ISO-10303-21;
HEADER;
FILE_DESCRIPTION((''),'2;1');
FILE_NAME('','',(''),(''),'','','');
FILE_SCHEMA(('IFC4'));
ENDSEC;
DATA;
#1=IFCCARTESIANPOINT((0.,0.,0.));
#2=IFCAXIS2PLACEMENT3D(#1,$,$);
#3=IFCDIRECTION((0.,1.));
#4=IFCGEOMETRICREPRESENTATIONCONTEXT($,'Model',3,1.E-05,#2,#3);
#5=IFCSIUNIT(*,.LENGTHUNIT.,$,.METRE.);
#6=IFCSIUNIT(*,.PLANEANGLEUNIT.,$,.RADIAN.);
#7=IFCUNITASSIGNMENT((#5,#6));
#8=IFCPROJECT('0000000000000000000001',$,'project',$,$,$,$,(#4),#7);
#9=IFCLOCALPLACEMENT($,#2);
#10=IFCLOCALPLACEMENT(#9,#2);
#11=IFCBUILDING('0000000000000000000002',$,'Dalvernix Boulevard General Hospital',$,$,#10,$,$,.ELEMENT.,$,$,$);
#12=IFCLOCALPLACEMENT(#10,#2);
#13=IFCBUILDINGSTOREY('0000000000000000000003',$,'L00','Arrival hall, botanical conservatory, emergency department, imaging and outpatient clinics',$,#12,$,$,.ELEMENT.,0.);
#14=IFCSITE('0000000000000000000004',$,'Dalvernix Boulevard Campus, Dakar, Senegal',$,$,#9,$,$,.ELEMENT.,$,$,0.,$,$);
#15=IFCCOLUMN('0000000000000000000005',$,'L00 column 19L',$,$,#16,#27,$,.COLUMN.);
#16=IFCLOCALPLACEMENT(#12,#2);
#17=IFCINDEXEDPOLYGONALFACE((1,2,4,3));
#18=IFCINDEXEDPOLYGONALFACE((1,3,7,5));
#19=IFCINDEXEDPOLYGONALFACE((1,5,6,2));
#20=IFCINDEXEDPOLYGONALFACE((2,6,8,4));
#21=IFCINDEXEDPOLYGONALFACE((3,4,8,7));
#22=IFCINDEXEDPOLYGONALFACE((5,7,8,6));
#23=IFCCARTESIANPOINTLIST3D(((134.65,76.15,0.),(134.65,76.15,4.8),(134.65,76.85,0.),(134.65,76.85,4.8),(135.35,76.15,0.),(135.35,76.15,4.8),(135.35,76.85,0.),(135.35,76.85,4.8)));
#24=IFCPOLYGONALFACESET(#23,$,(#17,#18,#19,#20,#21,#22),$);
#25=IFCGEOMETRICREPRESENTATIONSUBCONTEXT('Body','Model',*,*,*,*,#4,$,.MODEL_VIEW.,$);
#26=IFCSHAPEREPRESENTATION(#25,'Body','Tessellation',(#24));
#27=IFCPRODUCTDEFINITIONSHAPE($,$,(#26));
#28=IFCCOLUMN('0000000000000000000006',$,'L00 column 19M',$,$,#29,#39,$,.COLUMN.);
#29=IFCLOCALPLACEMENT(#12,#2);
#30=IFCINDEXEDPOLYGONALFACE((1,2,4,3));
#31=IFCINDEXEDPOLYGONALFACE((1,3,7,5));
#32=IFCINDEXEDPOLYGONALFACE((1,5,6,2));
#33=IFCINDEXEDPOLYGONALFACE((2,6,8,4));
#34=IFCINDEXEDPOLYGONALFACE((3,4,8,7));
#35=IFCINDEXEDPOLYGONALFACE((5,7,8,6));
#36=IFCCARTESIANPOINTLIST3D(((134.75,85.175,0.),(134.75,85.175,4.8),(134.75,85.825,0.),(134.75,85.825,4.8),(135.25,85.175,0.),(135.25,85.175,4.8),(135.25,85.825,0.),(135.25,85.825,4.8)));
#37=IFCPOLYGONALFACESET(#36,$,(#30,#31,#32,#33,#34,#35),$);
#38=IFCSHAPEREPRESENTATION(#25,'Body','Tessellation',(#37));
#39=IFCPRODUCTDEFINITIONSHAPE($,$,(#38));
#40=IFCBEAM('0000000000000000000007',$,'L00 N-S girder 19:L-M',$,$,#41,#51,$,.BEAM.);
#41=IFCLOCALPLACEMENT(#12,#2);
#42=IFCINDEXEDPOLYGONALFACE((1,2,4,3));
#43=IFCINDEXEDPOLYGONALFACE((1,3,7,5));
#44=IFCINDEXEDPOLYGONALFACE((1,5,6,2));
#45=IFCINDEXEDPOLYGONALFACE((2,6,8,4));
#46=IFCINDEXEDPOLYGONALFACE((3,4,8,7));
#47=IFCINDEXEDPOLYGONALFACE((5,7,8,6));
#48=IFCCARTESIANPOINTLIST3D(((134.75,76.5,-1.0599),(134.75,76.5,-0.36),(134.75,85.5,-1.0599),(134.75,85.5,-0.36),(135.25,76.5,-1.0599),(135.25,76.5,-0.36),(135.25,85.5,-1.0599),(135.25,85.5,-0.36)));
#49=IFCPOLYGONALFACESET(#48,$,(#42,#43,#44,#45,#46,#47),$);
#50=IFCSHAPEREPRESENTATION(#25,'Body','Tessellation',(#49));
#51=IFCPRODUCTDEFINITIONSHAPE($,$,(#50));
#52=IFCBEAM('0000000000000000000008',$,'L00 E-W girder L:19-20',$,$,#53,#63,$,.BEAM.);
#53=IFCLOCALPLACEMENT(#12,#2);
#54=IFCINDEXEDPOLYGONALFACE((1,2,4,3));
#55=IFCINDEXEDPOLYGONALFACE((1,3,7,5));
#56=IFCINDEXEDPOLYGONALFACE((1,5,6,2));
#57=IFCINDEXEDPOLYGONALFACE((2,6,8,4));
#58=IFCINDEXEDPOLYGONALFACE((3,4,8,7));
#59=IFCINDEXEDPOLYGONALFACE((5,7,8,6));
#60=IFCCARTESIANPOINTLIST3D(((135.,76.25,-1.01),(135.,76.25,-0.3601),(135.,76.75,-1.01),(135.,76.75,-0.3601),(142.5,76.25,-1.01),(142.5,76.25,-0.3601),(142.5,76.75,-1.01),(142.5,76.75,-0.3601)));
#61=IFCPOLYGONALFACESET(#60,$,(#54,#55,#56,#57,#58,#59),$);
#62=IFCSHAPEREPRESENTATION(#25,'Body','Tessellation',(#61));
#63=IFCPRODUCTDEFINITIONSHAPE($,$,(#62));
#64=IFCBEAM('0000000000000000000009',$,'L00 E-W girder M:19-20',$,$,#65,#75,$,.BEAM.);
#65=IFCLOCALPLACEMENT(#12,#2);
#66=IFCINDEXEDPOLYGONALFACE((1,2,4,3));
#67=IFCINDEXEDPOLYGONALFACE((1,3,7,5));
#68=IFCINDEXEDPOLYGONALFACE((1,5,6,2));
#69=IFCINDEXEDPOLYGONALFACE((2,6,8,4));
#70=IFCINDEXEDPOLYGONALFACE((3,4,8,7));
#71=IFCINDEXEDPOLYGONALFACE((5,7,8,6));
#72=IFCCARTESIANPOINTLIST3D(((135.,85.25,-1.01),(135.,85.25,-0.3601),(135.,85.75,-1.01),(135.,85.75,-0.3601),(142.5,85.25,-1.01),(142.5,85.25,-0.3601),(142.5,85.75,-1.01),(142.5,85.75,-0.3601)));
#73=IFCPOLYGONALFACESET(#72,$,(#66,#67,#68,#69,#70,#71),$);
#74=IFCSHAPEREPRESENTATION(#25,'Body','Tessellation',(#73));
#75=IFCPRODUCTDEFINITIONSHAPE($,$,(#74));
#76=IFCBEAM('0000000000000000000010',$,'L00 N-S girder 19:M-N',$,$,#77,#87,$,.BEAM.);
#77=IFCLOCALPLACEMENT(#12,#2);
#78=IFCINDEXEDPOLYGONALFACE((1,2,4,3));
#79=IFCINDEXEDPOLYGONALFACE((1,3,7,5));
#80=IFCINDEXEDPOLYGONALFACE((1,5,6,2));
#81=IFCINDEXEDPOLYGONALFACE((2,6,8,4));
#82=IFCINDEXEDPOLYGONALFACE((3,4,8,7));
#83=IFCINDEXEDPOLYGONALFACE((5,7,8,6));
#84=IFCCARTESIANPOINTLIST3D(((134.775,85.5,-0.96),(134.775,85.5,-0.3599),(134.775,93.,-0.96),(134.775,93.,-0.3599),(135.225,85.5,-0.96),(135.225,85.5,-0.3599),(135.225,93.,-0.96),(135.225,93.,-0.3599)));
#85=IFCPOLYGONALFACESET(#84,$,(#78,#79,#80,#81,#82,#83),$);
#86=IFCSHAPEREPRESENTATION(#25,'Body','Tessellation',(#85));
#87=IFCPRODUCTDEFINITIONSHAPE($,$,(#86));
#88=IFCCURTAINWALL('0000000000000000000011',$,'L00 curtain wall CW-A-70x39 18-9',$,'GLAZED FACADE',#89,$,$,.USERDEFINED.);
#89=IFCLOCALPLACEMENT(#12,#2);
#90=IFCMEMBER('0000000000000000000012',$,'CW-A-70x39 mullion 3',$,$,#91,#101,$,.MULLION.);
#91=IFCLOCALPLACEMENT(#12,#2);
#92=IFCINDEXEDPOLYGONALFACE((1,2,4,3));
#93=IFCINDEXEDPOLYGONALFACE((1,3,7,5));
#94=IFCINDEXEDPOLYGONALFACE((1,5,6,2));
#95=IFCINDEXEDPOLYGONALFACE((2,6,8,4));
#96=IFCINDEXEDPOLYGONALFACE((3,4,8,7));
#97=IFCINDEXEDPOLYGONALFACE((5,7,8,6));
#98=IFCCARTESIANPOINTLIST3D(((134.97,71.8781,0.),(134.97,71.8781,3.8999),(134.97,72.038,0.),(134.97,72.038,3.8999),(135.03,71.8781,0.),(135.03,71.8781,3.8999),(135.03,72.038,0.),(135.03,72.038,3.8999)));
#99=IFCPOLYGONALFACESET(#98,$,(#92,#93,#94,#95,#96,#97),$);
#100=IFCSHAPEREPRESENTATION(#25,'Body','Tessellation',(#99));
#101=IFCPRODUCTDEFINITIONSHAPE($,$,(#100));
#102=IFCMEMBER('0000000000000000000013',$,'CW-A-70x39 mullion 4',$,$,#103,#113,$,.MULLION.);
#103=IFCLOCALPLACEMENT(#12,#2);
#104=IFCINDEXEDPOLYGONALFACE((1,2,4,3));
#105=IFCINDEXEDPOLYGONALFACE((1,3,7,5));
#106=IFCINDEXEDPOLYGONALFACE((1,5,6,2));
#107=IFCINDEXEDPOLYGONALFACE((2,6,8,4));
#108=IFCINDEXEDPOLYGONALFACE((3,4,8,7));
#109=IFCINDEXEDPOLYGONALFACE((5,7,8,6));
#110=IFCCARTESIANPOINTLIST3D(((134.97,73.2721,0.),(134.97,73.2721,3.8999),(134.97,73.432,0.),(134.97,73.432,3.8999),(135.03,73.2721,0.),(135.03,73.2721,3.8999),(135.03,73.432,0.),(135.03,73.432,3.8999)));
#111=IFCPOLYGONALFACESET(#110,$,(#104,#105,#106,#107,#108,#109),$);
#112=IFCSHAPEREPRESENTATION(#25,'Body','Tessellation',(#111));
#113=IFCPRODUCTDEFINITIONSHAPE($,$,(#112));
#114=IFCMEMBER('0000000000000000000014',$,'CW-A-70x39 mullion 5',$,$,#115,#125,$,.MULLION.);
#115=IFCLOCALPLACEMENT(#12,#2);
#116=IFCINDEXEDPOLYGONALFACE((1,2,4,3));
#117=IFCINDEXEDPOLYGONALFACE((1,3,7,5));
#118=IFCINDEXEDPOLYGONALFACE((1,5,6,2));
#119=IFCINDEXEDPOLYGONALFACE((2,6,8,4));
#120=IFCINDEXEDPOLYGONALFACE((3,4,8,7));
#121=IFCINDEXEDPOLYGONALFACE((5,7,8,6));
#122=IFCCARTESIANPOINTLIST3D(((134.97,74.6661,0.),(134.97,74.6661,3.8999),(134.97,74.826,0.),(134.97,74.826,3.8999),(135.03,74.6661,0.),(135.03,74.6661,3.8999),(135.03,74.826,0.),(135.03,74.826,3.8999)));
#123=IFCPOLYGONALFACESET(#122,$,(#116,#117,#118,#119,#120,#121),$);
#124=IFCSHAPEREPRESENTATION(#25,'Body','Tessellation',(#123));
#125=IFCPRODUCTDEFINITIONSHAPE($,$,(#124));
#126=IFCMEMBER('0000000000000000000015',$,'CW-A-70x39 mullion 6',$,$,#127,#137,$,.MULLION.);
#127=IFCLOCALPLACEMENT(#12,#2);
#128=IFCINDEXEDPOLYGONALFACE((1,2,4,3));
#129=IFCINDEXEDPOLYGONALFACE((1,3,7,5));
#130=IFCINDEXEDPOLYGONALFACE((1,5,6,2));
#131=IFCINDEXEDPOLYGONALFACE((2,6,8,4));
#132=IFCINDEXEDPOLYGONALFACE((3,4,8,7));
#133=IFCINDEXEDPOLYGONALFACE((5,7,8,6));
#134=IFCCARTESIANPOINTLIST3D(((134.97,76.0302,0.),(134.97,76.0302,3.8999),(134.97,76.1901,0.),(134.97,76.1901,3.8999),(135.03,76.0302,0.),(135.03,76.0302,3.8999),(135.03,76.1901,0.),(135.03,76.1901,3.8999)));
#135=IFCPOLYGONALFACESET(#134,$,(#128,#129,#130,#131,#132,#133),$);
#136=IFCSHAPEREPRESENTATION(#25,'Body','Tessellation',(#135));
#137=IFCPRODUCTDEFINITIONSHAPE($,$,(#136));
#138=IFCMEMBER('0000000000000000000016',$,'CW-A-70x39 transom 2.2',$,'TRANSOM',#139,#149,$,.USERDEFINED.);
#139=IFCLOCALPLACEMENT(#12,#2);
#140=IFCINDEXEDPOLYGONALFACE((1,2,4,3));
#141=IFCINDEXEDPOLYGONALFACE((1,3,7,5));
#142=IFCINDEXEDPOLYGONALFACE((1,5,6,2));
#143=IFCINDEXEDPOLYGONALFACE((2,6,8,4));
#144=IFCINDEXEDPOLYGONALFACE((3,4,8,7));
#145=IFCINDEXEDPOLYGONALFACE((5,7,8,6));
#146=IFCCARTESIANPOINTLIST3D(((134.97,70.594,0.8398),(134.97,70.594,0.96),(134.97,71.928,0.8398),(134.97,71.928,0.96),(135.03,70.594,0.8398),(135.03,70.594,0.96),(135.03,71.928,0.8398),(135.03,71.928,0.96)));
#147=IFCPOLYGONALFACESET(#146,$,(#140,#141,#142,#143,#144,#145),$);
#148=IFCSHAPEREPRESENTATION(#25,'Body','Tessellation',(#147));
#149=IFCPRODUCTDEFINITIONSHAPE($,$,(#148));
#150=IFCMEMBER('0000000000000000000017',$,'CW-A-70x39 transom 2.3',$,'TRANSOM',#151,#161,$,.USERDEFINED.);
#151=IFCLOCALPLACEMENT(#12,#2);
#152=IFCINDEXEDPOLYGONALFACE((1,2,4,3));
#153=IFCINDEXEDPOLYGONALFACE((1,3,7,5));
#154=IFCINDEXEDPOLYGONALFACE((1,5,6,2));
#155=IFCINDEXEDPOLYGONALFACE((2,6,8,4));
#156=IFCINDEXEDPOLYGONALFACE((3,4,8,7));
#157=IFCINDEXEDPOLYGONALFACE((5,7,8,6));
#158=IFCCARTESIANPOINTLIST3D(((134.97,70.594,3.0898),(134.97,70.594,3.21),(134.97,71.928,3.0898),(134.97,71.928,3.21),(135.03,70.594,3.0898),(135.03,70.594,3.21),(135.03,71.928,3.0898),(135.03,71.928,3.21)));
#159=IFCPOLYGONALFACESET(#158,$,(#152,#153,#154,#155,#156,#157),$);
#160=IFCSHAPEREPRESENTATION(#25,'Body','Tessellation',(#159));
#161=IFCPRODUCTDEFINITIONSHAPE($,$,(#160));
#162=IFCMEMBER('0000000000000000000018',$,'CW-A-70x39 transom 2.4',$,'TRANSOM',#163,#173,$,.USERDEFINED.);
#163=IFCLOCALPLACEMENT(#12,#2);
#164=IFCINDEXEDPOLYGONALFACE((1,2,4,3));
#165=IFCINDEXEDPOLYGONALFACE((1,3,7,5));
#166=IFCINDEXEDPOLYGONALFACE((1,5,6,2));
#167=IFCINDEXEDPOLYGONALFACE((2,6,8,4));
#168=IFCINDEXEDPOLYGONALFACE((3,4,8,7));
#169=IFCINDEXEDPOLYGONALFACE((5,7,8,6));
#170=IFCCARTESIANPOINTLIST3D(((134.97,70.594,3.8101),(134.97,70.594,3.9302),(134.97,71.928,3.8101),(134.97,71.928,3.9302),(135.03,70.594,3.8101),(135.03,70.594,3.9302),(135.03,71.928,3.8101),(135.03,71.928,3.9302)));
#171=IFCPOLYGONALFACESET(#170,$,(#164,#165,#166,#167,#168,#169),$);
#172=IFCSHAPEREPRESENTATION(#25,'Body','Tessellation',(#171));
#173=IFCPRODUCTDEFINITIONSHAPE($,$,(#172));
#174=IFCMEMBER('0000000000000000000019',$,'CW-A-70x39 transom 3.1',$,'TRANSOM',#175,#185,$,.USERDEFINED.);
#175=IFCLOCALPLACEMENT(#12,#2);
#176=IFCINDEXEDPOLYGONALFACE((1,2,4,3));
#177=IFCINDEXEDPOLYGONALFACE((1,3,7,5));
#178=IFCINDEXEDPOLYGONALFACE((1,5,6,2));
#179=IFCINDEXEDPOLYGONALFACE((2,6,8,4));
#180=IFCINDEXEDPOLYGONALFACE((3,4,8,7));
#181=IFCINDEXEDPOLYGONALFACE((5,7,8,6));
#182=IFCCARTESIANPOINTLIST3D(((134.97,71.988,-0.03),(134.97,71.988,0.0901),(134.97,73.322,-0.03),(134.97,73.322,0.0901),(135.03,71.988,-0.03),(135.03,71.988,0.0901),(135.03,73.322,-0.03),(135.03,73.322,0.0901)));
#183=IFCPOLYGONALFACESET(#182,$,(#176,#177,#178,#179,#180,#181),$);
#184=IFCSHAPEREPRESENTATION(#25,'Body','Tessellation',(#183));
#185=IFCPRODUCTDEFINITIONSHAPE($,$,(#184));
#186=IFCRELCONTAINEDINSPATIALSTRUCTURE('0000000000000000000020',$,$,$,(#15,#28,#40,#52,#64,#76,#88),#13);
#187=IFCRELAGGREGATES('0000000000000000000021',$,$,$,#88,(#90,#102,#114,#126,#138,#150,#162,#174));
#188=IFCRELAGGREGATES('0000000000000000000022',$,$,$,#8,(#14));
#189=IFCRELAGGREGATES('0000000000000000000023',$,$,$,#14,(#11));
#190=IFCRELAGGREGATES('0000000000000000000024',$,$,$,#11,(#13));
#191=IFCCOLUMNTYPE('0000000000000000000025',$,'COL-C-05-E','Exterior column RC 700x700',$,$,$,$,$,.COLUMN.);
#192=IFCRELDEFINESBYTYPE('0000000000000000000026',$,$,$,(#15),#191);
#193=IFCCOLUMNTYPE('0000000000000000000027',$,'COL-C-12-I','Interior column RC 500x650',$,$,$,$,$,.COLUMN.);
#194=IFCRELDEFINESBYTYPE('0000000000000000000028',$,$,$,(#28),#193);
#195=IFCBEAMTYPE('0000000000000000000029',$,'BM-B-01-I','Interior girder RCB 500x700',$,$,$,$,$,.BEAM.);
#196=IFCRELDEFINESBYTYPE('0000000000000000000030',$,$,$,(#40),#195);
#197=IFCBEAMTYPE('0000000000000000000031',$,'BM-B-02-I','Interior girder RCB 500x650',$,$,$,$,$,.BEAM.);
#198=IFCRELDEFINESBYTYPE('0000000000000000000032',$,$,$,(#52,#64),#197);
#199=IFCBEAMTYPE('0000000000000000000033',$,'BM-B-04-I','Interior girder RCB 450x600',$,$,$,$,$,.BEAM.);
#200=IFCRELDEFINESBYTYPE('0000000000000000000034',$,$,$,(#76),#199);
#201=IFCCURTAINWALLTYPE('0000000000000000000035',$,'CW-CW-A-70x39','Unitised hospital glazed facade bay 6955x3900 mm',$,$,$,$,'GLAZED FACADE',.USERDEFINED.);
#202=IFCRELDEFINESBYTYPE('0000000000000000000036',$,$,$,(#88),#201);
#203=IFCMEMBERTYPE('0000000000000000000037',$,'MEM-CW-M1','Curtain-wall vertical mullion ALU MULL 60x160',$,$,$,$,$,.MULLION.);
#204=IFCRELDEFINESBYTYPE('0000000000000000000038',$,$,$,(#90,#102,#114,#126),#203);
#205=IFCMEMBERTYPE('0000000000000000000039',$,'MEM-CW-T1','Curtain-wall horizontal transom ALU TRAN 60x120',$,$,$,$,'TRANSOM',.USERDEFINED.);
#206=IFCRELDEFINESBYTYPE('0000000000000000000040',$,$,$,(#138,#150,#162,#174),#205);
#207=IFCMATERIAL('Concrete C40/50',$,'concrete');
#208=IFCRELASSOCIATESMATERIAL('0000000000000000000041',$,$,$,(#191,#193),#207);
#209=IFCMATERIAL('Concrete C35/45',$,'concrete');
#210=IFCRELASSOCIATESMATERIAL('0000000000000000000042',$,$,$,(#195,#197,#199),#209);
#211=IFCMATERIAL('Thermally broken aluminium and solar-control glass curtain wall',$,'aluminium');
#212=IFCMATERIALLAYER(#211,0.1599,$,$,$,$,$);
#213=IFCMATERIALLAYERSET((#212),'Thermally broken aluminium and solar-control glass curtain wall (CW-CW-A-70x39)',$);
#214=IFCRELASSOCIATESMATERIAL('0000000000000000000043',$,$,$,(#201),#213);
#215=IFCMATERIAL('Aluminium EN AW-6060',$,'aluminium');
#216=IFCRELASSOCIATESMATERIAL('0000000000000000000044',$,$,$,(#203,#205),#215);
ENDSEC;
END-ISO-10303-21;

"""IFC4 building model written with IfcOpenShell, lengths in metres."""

from ifc_helpers import new_model, si_unit, direction, frame, origin, origin_2d, place, context, subcontext, project, spatial, rectangle, extrude, material, layer, layer_set, material_profile, profile_set, type_object, element, aggregate, save


model = new_model("IFC4")

# Units and contexts
model_context = context("Model", 3, precision=1e-05, world=origin(), true_north=direction((0.0, 1.0)))
body_context = subcontext(model_context, "Body", "Model", "MODEL_VIEW")
ifc_project = project(units=[si_unit("LENGTHUNIT", "METRE"), si_unit("PLANEANGLEUNIT", "RADIAN")], contexts=[model_context])

# Site, building, storey
site_placement = place(None, origin())
site = spatial("IfcSite", under=ifc_project, at=site_placement, Name="Dalvernix Boulevard Campus, Dakar, Senegal", CompositionType="ELEMENT", RefElevation=0.0)
building_placement = place(site_placement, origin())
building = spatial("IfcBuilding", under=site, at=building_placement, Name="Dalvernix Boulevard General Hospital", CompositionType="ELEMENT")
storey_placement = place(building_placement, origin())
storey = spatial("IfcBuildingStorey", under=building, at=storey_placement, Name="L00", Description="Arrival hall, botanical conservatory, emergency department, imaging and outpatient clinics", CompositionType="ELEMENT", Elevation=0.0)

# Columns
ifc_material_1 = material(Name="Concrete C40/50", Category="concrete")
ifc_material_profile_1 = material_profile(ifc_material_1, rectangle(XDim=0.7, YDim=0.7, at=origin_2d()), Name="RC 700x700")
ifc_profile_set_1 = profile_set([ifc_material_profile_1], Name="Concrete C40/50")
column_type_1 = type_object("IfcColumnType", Name="COL-C-05-E", Description="Exterior column RC 700x700", PredefinedType="COLUMN", material=ifc_profile_set_1)
column_1_placement = place(storey_placement, frame((135.0, 76.5, 0.0), z_axis=(0.0, 0.0, 1.0), x_axis=(1.0, 0.0, 0.0)))
element("IfcColumn", 1, at=column_1_placement, inside=storey, type_object=column_type_1, Name="L00 column 19L", PredefinedType="COLUMN", context=body_context, shape_type="SweptSolid", body=[
    extrude(rectangle(XDim=0.7, YDim=0.7, at=origin_2d()), origin(), (0.0, 0.0, 1.0), 4.8),
])
ifc_material_profile_2 = material_profile(ifc_material_1, rectangle(XDim=0.5, YDim=0.6499, at=origin_2d()), Name="RC 500x650")
ifc_profile_set_2 = profile_set([ifc_material_profile_2], Name="Concrete C40/50")
column_type_2 = type_object("IfcColumnType", Name="COL-C-12-I", Description="Interior column RC 500x650", PredefinedType="COLUMN", material=ifc_profile_set_2)
column_2_placement = place(storey_placement, frame((135.0, 85.5, 0.0), z_axis=(0.0, 0.0, 1.0), x_axis=(1.0, 0.0, 0.0)))
element("IfcColumn", 2, at=column_2_placement, inside=storey, type_object=column_type_2, Name="L00 column 19M", PredefinedType="COLUMN", context=body_context, shape_type="SweptSolid", body=[
    extrude(rectangle(XDim=0.5, YDim=0.6499, at=origin_2d()), origin(), (0.0, 0.0, 1.0), 4.8),
])

# Beams
ifc_material_2 = material(Name="Concrete C35/45", Category="concrete")
ifc_material_profile_3 = material_profile(ifc_material_2, rectangle(XDim=0.5, YDim=0.7, at=origin_2d()), Name="RCB 500x700")
ifc_profile_set_3 = profile_set([ifc_material_profile_3], Name="Concrete C35/45")
beam_type_1 = type_object("IfcBeamType", Name="BM-B-01-I", Description="Interior girder RCB 500x700", PredefinedType="BEAM", material=ifc_profile_set_3)
beam_1_placement = place(storey_placement, frame((135.0, 76.5, -0.71), z_axis=(0.0, 1.0, 0.0), x_axis=(-1.0, 0.0, 0.0)))
element("IfcBeam", 3, at=beam_1_placement, inside=storey, type_object=beam_type_1, Name="L00 N-S girder 19:L-M", PredefinedType="BEAM", context=body_context, shape_type="SweptSolid", body=[
    extrude(rectangle(XDim=0.5, YDim=0.7, at=origin_2d()), origin(), (0.0, 0.0, 1.0), 9.0),
])
ifc_material_profile_4 = material_profile(ifc_material_2, rectangle(XDim=0.5, YDim=0.6499, at=origin_2d()), Name="RCB 500x650")
ifc_profile_set_4 = profile_set([ifc_material_profile_4], Name="Concrete C35/45")
beam_type_2 = type_object("IfcBeamType", Name="BM-B-02-I", Description="Interior girder RCB 500x650", PredefinedType="BEAM", material=ifc_profile_set_4)
for number, where, z_axis, x_axis, name in (
    (4, (135.0, 76.5, -0.6851), (1.0, 0.0, 0.0), (0.0, 1.0, 0.0), "L00 E-W girder L:19-20"),
    (5, (135.0, 85.5, -0.6851), (1.0, 0.0, 0.0), (0.0, 1.0, 0.0), "L00 E-W girder M:19-20"),
):
    element("IfcBeam", number, at=place(storey_placement, frame(where, z_axis=z_axis, x_axis=x_axis)), inside=storey, type_object=beam_type_2, Name=name, PredefinedType="BEAM", context=body_context, shape_type="SweptSolid", body=[
        extrude(rectangle(XDim=0.5, YDim=0.6499, at=origin_2d()), origin(), (0.0, 0.0, 1.0), 7.5),
    ])
ifc_material_profile_5 = material_profile(ifc_material_2, rectangle(XDim=0.45, YDim=0.6001, at=origin_2d()), Name="RCB 450x600")
ifc_profile_set_5 = profile_set([ifc_material_profile_5], Name="Concrete C35/45")
beam_type_3 = type_object("IfcBeamType", Name="BM-B-04-I", Description="Interior girder RCB 450x600", PredefinedType="BEAM", material=ifc_profile_set_5)
beam_2_placement = place(storey_placement, frame((135.0, 85.5, -0.6599), z_axis=(0.0, 1.0, 0.0), x_axis=(-1.0, 0.0, 0.0)))
element("IfcBeam", 6, at=beam_2_placement, inside=storey, type_object=beam_type_3, Name="L00 N-S girder 19:M-N", PredefinedType="BEAM", context=body_context, shape_type="SweptSolid", body=[
    extrude(rectangle(XDim=0.45, YDim=0.6001, at=origin_2d()), origin(), (0.0, 0.0, 1.0), 7.5),
])

# Curtain wall, members
ifc_material_3 = material(Name="Thermally broken aluminium and solar-control glass curtain wall", Category="aluminium")
ifc_layer_1 = layer(ifc_material_3, 0.1599)
ifc_layer_set_1 = layer_set([ifc_layer_1], Name="Thermally broken aluminium and solar-control glass curtain wall (CW-CW-A-70x39)")
curtain_wall_type = type_object("IfcCurtainWallType", Name="CW-CW-A-70x39", Description="Unitised hospital glazed facade bay 6955x3900 mm", ElementType="GLAZED FACADE", PredefinedType="USERDEFINED", material=ifc_layer_set_1)
curtain_wall_placement = place(storey_placement, origin())
curtain_wall = element("IfcCurtainWall", 7, at=curtain_wall_placement, inside=storey, type_object=curtain_wall_type, Name="L00 curtain wall CW-A-70x39 18-9", ObjectType="GLAZED FACADE", PredefinedType="USERDEFINED")
ifc_material_4 = material(Name="Aluminium EN AW-6060", Category="aluminium")
ifc_material_profile_6 = material_profile(ifc_material_4, rectangle(XDim=0.0601, YDim=0.1599, at=origin_2d()), Name="ALU MULL 60x160")
ifc_profile_set_6 = profile_set([ifc_material_profile_6], Name="Aluminium EN AW-6060")
member_type_1 = type_object("IfcMemberType", Name="MEM-CW-M1", Description="Curtain-wall vertical mullion ALU MULL 60x160", PredefinedType="MULLION", material=ifc_profile_set_6)
member_1_placement = place(storey_placement, frame((135.0, 71.958, 0.0), z_axis=(0.0, 0.0, 1.0), x_axis=(-1.0, 0.0, 0.0)))
member_1 = element("IfcMember", 8, at=member_1_placement, type_object=member_type_1, Name="CW-A-70x39 mullion 3", PredefinedType="MULLION", context=body_context, shape_type="SweptSolid", body=[
    extrude(rectangle(XDim=0.0601, YDim=0.1599, at=origin_2d()), origin(), (0.0, 0.0, 1.0), 3.8999),
])
member_2_placement = place(storey_placement, frame((135.0, 73.3521, 0.0), z_axis=(0.0, 0.0, 1.0), x_axis=(-1.0, 0.0, 0.0)))
member_2 = element("IfcMember", 9, at=member_2_placement, type_object=member_type_1, Name="CW-A-70x39 mullion 4", PredefinedType="MULLION", context=body_context, shape_type="SweptSolid", body=[
    extrude(rectangle(XDim=0.0601, YDim=0.1599, at=origin_2d()), origin(), (0.0, 0.0, 1.0), 3.8999),
])
member_3_placement = place(storey_placement, frame((135.0, 74.7461, 0.0), z_axis=(0.0, 0.0, 1.0), x_axis=(-1.0, 0.0, 0.0)))
member_3 = element("IfcMember", 10, at=member_3_placement, type_object=member_type_1, Name="CW-A-70x39 mullion 5", PredefinedType="MULLION", context=body_context, shape_type="SweptSolid", body=[
    extrude(rectangle(XDim=0.0601, YDim=0.1599, at=origin_2d()), origin(), (0.0, 0.0, 1.0), 3.8999),
])
member_4_placement = place(storey_placement, frame((135.0, 76.1101, 0.0), z_axis=(0.0, 0.0, 1.0), x_axis=(-1.0, 0.0, 0.0)))
member_4 = element("IfcMember", 11, at=member_4_placement, type_object=member_type_1, Name="CW-A-70x39 mullion 6", PredefinedType="MULLION", context=body_context, shape_type="SweptSolid", body=[
    extrude(rectangle(XDim=0.0601, YDim=0.1599, at=origin_2d()), origin(), (0.0, 0.0, 1.0), 3.8999),
])
ifc_material_profile_7 = material_profile(ifc_material_4, rectangle(XDim=0.0601, YDim=0.1201, at=origin_2d()), Name="ALU TRAN 60x120")
ifc_profile_set_7 = profile_set([ifc_material_profile_7], Name="Aluminium EN AW-6060")
member_type_2 = type_object("IfcMemberType", Name="MEM-CW-T1", Description="Curtain-wall horizontal transom ALU TRAN 60x120", ElementType="TRANSOM", PredefinedType="USERDEFINED", material=ifc_profile_set_7)
member_5_placement = place(storey_placement, frame((135.0, 70.594, 0.8999), z_axis=(0.0, 1.0, 0.0), x_axis=(-1.0, 0.0, 0.0)))
member_5 = element("IfcMember", 12, at=member_5_placement, type_object=member_type_2, Name="CW-A-70x39 transom 2.2", ObjectType="TRANSOM", PredefinedType="USERDEFINED", context=body_context, shape_type="SweptSolid", body=[
    extrude(rectangle(XDim=0.0601, YDim=0.1201, at=origin_2d()), origin(), (0.0, 0.0, 1.0), 1.334),
])
member_6_placement = place(storey_placement, frame((135.0, 70.594, 3.1499), z_axis=(0.0, 1.0, 0.0), x_axis=(-1.0, 0.0, 0.0)))
member_6 = element("IfcMember", 13, at=member_6_placement, type_object=member_type_2, Name="CW-A-70x39 transom 2.3", ObjectType="TRANSOM", PredefinedType="USERDEFINED", context=body_context, shape_type="SweptSolid", body=[
    extrude(rectangle(XDim=0.0601, YDim=0.1201, at=origin_2d()), origin(), (0.0, 0.0, 1.0), 1.334),
])
member_7_placement = place(storey_placement, frame((135.0, 70.594, 3.8701), z_axis=(0.0, 1.0, 0.0), x_axis=(-1.0, 0.0, 0.0)))
member_7 = element("IfcMember", 14, at=member_7_placement, type_object=member_type_2, Name="CW-A-70x39 transom 2.4", ObjectType="TRANSOM", PredefinedType="USERDEFINED", context=body_context, shape_type="SweptSolid", body=[
    extrude(rectangle(XDim=0.0601, YDim=0.1201, at=origin_2d()), origin(), (0.0, 0.0, 1.0), 1.334),
])
member_8_placement = place(storey_placement, frame((135.0, 71.988, 0.03), z_axis=(0.0, 1.0, 0.0), x_axis=(-1.0, 0.0, 0.0)))
member_8 = element("IfcMember", 15, at=member_8_placement, type_object=member_type_2, Name="CW-A-70x39 transom 3.1", ObjectType="TRANSOM", PredefinedType="USERDEFINED", context=body_context, shape_type="SweptSolid", body=[
    extrude(rectangle(XDim=0.0601, YDim=0.1201, at=origin_2d()), origin(), (0.0, 0.0, 1.0), 1.334),
])
aggregate(curtain_wall, [member_1, member_2, member_3, member_4, member_5, member_6, member_7, member_8])

save(model, "model.ifc")
